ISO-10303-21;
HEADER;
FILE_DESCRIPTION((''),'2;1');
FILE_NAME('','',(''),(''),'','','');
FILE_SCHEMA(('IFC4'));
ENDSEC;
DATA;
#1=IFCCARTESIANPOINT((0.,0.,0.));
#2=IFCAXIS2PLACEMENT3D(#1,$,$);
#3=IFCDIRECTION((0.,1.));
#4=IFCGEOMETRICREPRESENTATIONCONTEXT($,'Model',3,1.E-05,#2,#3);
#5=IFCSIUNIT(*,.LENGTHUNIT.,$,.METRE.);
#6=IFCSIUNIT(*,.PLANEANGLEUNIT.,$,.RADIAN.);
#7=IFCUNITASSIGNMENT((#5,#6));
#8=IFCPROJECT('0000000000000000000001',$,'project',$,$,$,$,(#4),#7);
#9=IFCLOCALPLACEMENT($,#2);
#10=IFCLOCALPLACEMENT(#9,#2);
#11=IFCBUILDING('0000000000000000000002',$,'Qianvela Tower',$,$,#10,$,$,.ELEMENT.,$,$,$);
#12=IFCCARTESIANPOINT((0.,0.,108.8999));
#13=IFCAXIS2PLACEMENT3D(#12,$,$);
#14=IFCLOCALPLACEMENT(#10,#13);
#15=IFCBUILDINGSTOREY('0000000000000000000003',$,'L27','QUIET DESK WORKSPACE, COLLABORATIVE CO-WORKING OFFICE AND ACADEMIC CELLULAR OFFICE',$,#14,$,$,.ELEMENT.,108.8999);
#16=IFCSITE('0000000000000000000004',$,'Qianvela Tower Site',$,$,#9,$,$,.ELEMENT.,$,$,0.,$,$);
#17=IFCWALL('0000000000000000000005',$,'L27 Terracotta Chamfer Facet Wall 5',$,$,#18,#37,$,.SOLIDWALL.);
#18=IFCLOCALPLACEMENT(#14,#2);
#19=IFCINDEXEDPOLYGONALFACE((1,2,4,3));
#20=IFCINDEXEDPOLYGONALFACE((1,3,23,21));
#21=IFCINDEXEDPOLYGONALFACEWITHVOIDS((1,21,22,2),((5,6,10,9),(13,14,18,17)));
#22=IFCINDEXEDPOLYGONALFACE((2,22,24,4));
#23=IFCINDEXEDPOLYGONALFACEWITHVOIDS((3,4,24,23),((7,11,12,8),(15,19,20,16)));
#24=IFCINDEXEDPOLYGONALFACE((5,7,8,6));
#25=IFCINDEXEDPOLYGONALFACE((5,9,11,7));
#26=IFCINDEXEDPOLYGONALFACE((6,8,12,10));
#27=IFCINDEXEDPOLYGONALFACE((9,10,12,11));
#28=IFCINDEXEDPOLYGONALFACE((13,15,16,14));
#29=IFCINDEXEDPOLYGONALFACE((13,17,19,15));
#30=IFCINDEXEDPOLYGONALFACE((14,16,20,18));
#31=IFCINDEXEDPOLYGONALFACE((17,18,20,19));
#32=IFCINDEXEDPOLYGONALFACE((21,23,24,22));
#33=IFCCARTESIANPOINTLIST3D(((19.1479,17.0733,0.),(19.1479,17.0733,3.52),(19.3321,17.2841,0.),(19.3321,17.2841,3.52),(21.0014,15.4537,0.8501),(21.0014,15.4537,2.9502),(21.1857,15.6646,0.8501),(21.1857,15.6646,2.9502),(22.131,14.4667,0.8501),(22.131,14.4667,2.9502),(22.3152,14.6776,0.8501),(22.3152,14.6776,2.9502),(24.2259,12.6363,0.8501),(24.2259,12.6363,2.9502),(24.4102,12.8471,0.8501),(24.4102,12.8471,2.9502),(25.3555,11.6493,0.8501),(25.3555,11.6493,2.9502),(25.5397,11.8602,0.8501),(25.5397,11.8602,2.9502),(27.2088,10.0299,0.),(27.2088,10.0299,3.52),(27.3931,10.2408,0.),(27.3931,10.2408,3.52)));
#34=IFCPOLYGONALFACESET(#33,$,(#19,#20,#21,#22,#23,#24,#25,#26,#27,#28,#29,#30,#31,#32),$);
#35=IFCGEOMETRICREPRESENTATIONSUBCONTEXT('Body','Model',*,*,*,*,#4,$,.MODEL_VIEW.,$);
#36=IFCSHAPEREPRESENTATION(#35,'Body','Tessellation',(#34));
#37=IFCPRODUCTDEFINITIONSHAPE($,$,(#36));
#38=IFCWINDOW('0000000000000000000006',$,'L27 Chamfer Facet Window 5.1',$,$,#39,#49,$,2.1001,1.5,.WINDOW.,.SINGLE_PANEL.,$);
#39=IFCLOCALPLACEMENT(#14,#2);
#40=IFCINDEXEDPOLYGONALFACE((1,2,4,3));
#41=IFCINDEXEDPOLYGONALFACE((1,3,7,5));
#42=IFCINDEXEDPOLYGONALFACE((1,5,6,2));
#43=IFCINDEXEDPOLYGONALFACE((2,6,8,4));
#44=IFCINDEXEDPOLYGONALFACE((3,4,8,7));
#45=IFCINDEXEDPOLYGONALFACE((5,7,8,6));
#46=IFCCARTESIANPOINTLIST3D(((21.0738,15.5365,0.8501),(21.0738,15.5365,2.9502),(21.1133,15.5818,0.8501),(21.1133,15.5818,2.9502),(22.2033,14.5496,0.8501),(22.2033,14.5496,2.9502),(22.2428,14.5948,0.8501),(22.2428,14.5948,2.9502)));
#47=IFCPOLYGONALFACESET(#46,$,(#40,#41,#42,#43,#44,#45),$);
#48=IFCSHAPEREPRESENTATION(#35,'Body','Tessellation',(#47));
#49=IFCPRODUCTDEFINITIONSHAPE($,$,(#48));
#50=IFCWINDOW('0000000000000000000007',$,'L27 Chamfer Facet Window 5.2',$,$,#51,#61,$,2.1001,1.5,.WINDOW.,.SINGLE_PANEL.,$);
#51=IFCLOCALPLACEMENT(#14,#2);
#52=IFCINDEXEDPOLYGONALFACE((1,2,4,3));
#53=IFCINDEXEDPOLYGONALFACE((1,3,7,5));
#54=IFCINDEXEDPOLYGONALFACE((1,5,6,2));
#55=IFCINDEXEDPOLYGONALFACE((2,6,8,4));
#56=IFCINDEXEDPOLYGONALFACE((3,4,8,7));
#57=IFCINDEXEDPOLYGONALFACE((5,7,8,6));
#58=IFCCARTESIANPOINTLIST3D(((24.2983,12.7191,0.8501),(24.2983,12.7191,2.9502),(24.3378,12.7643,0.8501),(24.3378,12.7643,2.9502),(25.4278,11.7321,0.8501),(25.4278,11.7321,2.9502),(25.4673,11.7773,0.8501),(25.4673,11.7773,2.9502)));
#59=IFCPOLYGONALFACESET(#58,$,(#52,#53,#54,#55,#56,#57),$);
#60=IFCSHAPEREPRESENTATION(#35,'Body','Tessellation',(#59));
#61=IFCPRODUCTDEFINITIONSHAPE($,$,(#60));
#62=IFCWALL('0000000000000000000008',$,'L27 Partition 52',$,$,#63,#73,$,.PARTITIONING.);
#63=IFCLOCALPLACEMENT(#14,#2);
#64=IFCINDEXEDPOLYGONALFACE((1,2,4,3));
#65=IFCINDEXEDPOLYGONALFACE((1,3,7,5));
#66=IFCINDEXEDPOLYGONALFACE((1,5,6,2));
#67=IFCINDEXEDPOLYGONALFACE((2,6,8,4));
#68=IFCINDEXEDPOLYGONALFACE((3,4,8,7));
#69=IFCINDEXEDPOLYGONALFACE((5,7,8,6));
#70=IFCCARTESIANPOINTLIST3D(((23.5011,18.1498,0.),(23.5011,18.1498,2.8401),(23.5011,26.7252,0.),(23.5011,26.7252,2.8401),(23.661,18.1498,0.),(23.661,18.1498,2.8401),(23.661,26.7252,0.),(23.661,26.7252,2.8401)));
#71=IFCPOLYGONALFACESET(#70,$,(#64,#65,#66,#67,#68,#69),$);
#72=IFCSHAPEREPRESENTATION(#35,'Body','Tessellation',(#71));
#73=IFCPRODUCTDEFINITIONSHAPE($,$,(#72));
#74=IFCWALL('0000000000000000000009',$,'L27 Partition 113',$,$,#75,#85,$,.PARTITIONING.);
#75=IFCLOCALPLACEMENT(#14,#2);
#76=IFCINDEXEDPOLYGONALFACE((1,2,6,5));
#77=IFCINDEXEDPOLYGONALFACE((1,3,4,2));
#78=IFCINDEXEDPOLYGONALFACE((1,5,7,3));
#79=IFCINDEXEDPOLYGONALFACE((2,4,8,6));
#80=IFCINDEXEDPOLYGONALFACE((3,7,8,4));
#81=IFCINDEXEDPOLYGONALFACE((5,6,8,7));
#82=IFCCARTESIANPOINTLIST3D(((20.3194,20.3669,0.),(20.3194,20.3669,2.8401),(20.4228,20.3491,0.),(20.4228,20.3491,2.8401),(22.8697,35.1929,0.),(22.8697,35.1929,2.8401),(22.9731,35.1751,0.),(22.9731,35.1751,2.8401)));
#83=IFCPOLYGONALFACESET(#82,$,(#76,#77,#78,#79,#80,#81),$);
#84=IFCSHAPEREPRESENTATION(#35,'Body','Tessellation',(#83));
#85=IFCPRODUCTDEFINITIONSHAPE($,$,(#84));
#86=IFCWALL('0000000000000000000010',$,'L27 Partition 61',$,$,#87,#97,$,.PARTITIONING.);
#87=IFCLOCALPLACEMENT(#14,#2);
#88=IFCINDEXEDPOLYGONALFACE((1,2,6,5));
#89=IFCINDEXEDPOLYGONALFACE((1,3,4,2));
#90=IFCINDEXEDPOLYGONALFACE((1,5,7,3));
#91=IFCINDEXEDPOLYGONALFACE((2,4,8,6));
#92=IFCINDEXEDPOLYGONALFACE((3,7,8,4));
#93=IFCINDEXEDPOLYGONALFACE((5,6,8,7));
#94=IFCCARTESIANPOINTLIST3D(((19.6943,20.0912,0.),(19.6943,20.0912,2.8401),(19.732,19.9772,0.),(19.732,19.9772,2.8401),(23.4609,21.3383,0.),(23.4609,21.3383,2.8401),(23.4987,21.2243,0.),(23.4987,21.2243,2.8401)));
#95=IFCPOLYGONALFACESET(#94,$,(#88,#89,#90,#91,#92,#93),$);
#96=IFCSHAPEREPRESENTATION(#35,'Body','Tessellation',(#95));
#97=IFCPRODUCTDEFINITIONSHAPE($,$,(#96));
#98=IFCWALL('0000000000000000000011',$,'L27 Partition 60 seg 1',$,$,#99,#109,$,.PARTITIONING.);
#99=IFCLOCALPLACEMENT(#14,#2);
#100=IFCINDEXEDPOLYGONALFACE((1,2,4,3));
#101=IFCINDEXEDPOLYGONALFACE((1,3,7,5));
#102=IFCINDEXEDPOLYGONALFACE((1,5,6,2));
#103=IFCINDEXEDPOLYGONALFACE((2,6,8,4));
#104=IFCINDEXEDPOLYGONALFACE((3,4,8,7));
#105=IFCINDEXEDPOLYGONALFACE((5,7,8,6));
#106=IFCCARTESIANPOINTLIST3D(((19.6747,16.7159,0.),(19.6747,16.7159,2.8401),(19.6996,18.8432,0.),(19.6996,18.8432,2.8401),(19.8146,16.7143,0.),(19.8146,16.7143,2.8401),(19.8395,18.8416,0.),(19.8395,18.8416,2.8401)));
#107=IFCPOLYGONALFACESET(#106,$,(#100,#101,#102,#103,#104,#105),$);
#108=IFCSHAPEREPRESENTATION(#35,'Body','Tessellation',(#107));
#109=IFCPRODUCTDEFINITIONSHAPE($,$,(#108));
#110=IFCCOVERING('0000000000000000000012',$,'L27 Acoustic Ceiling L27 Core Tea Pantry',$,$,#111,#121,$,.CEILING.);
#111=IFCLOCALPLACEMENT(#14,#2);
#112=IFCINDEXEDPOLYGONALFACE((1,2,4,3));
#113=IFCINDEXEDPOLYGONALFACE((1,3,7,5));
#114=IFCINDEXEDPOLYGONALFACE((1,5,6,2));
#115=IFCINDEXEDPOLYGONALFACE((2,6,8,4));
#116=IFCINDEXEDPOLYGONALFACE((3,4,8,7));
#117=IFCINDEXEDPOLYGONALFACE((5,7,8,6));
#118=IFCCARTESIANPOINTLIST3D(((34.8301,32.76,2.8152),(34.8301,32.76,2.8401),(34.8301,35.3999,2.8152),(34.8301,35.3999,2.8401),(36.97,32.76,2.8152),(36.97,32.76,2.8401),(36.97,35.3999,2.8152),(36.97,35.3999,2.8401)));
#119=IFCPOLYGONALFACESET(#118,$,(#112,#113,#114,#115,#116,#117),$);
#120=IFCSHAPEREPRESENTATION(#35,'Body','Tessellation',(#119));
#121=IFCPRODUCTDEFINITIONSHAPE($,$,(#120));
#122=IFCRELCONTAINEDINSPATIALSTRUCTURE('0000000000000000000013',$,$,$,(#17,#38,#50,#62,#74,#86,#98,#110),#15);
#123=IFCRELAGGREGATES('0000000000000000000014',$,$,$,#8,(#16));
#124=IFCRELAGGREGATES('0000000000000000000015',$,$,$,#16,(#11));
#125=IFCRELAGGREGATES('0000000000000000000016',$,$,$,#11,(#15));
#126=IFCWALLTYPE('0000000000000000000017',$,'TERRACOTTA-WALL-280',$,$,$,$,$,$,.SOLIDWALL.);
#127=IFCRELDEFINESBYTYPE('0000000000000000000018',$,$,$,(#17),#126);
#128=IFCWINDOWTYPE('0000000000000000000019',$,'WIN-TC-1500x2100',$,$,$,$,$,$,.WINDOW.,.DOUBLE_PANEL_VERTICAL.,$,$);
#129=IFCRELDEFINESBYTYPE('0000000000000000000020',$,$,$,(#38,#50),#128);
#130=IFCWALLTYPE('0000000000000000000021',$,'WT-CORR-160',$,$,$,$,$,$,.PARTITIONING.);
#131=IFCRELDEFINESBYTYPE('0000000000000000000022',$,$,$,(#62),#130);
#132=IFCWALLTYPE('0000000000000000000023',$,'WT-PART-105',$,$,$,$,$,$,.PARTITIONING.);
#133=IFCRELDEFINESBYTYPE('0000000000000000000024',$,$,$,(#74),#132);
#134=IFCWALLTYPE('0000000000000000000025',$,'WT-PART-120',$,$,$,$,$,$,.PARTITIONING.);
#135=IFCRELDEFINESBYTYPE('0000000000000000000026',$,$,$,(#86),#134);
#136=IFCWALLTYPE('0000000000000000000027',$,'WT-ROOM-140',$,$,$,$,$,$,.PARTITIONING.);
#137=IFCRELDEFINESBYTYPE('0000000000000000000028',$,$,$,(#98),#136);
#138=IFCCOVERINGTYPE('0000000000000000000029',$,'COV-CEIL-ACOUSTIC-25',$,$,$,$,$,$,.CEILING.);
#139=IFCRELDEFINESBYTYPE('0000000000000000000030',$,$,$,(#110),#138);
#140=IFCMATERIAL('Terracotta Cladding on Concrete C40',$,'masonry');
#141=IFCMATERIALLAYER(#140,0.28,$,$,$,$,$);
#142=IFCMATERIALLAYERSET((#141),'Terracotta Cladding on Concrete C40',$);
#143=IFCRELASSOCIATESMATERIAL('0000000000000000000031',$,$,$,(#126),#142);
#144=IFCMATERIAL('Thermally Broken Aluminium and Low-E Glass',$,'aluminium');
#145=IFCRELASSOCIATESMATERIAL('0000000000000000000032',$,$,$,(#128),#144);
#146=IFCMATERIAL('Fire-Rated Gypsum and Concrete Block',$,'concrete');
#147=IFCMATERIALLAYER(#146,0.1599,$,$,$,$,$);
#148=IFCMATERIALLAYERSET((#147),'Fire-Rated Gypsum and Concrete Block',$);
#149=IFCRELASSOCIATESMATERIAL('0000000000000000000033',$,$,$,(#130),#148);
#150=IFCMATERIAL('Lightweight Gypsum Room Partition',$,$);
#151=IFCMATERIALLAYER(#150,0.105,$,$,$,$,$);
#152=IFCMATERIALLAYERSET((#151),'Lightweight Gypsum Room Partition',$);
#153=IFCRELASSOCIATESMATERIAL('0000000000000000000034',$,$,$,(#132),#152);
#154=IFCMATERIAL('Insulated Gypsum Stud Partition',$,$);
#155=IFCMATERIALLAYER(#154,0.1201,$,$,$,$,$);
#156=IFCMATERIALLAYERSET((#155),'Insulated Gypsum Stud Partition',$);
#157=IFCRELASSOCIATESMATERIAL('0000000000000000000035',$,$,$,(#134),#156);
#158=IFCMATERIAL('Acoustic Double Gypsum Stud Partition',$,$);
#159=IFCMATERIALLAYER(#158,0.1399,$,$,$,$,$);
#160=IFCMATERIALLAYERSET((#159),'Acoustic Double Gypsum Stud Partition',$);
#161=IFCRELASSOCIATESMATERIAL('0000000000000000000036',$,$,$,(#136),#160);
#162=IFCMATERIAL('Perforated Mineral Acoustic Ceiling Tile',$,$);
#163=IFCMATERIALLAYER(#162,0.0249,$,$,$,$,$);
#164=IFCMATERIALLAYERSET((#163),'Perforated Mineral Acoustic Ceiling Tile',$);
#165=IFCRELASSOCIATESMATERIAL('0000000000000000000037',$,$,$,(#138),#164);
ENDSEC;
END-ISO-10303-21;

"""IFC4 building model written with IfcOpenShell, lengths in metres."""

from ifc_helpers import new_model, si_unit, direction, frame, frame_2d, origin, place, context, subcontext, project, spatial, polyline, rectangle, outline, extrude, material, layer, layer_set, type_object, element, fill, save


model = new_model("IFC4")

# Units and contexts
model_context = context("Model", 3, precision=1e-05, world=origin(), true_north=direction((0.0, 1.0)))
body_context = subcontext(model_context, "Body", "Model", "MODEL_VIEW")
ifc_project = project(units=[si_unit("LENGTHUNIT", "METRE"), si_unit("PLANEANGLEUNIT", "RADIAN")], contexts=[model_context])

# Site, building, storey
site_placement = place(None, origin())
site = spatial("IfcSite", under=ifc_project, at=site_placement, Name="Qianvela Tower Site", CompositionType="ELEMENT", RefElevation=0.0)
building_placement = place(site_placement, origin())
building = spatial("IfcBuilding", under=site, at=building_placement, Name="Qianvela Tower", CompositionType="ELEMENT")
storey_placement = place(building_placement, frame((0.0, 0.0, 108.8999)))
storey = spatial("IfcBuildingStorey", under=building, at=storey_placement, Name="L27", Description="QUIET DESK WORKSPACE, COLLABORATIVE CO-WORKING OFFICE AND ACADEMIC CELLULAR OFFICE", CompositionType="ELEMENT", Elevation=108.8999)

# Wall, openings, windows
ifc_material_1 = material(Name="Terracotta Cladding on Concrete C40", Category="masonry")
ifc_layer_1 = layer(ifc_material_1, 0.28)
ifc_layer_set_1 = layer_set([ifc_layer_1], Name="Terracotta Cladding on Concrete C40")
wall_type_1 = type_object("IfcWallType", Name="TERRACOTTA-WALL-280", PredefinedType="SOLIDWALL", material=ifc_layer_set_1)
wall_1_placement = place(storey_placement, frame((19.24, 17.1787, 0.0), z_axis=(0.0, 0.0, 1.0), x_axis=(0.753037, -0.657978, 0.0)))
wall_1 = element("IfcWall", 1, at=wall_1_placement, inside=storey, type_object=wall_type_1, Name="L27 Terracotta Chamfer Facet Wall 5", PredefinedType="SOLIDWALL", context=body_context, shape_type="SweptSolid", body=[
    extrude(rectangle(XDim=10.7046, YDim=0.28, at=frame_2d((5.3523, 0.0))), origin(), (0.0, 0.0, 1.0), 3.52),
])
opening_1_placement = place(wall_1_placement, frame((2.4614, 0.0, 0.8501)))
opening_1 = element("IfcOpeningElement", 2, at=opening_1_placement, cuts=wall_1, PredefinedType="OPENING", context=body_context, shape_type="SweptSolid", body=[
    extrude(rectangle(XDim=1.5, YDim=2.1001, at=frame_2d((0.75, 1.05))), frame((0.0, 0.1499, 0.0), z_axis=(0.0, -1.0, 0.0), x_axis=(1.0, 0.0, 0.0)), (0.0, 0.0, 1.0), 0.3),
])
opening_2_placement = place(wall_1_placement, frame((6.7434, 0.0, 0.8501)))
opening_2 = element("IfcOpeningElement", 3, at=opening_2_placement, cuts=wall_1, PredefinedType="OPENING", context=body_context, shape_type="SweptSolid", body=[
    extrude(rectangle(XDim=1.5, YDim=2.1001, at=frame_2d((0.75, 1.05))), frame((0.0, 0.1499, 0.0), z_axis=(0.0, -1.0, 0.0), x_axis=(1.0, 0.0, 0.0)), (0.0, 0.0, 1.0), 0.3),
])
ifc_material_2 = material(Name="Thermally Broken Aluminium and Low-E Glass", Category="aluminium")
window_type = type_object("IfcWindowType", Name="WIN-TC-1500x2100", PartitioningType="DOUBLE_PANEL_VERTICAL", PredefinedType="WINDOW", material=ifc_material_2)
window_1_placement = place(opening_1_placement, origin())
window_1 = element("IfcWindow", 4, at=window_1_placement, inside=storey, type_object=window_type, Name="L27 Chamfer Facet Window 5.1", OverallHeight=2.1001, OverallWidth=1.5, PartitioningType="SINGLE_PANEL", PredefinedType="WINDOW", context=body_context, shape_type="SweptSolid", body=[
    extrude(rectangle(XDim=1.5, YDim=2.1001, at=frame_2d((0.75, 1.05))), frame((0.0, 0.03, 0.0), z_axis=(0.0, -1.0, 0.0), x_axis=(1.0, 0.0, 0.0)), (0.0, 0.0, 1.0), 0.0601),
])
fill(opening_1, window_1)
window_2_placement = place(opening_2_placement, origin())
window_2 = element("IfcWindow", 5, at=window_2_placement, inside=storey, type_object=window_type, Name="L27 Chamfer Facet Window 5.2", OverallHeight=2.1001, OverallWidth=1.5, PartitioningType="SINGLE_PANEL", PredefinedType="WINDOW", context=body_context, shape_type="SweptSolid", body=[
    extrude(rectangle(XDim=1.5, YDim=2.1001, at=frame_2d((0.75, 1.05))), frame((0.0, 0.03, 0.0), z_axis=(0.0, -1.0, 0.0), x_axis=(1.0, 0.0, 0.0)), (0.0, 0.0, 1.0), 0.0601),
])
fill(opening_2, window_2)

# Walls
ifc_material_3 = material(Name="Fire-Rated Gypsum and Concrete Block", Category="concrete")
ifc_layer_2 = layer(ifc_material_3, 0.1599)
ifc_layer_set_2 = layer_set([ifc_layer_2], Name="Fire-Rated Gypsum and Concrete Block")
wall_type_2 = type_object("IfcWallType", Name="WT-CORR-160", PredefinedType="PARTITIONING", material=ifc_layer_set_2)
wall_2_placement = place(storey_placement, frame((23.5811, 18.1499, 0.0), z_axis=(0.0, 0.0, 1.0), x_axis=(0.0, 1.0, 0.0)))
element("IfcWall", 6, at=wall_2_placement, inside=storey, type_object=wall_type_2, Name="L27 Partition 52", PredefinedType="PARTITIONING", context=body_context, shape_type="SweptSolid", body=[
    extrude(rectangle(XDim=8.5754, YDim=0.1599, at=frame_2d((4.2876, 0.0))), origin(), (0.0, 0.0, 1.0), 2.8401),
])
ifc_material_4 = material(Name="Lightweight Gypsum Room Partition")
ifc_layer_3 = layer(ifc_material_4, 0.105)
ifc_layer_set_3 = layer_set([ifc_layer_3], Name="Lightweight Gypsum Room Partition")
wall_type_3 = type_object("IfcWallType", Name="WT-PART-105", PredefinedType="PARTITIONING", material=ifc_layer_set_3)
wall_3_placement = place(storey_placement, frame((20.3711, 20.3579, 0.0), z_axis=(0.0, 0.0, 1.0), x_axis=(0.169526, 0.985526, 0.0)))
element("IfcWall", 7, at=wall_3_placement, inside=storey, type_object=wall_type_3, Name="L27 Partition 113", PredefinedType="PARTITIONING", context=body_context, shape_type="SweptSolid", body=[
    extrude(rectangle(XDim=15.0437, YDim=0.105, at=frame_2d((7.522, 0.0))), origin(), (0.0, 0.0, 1.0), 2.8401),
])
ifc_material_5 = material(Name="Insulated Gypsum Stud Partition")
ifc_layer_4 = layer(ifc_material_5, 0.1201)
ifc_layer_set_4 = layer_set([ifc_layer_4], Name="Insulated Gypsum Stud Partition")
wall_type_4 = type_object("IfcWallType", Name="WT-PART-120", PredefinedType="PARTITIONING", material=ifc_layer_set_4)
wall_4_placement = place(storey_placement, frame((19.7131, 20.0342, 0.0), z_axis=(0.0, 0.0, 1.0), x_axis=(0.949321, 0.314307, 0.0)))
element("IfcWall", 8, at=wall_4_placement, inside=storey, type_object=wall_type_4, Name="L27 Partition 61", PredefinedType="PARTITIONING", context=body_context, shape_type="SweptSolid", body=[
    extrude(rectangle(XDim=3.9678, YDim=0.1201, at=frame_2d((1.9839, 0.0))), origin(), (0.0, 0.0, 1.0), 2.8401),
])
ifc_material_6 = material(Name="Acoustic Double Gypsum Stud Partition")
ifc_layer_5 = layer(ifc_material_6, 0.1399)
ifc_layer_set_5 = layer_set([ifc_layer_5], Name="Acoustic Double Gypsum Stud Partition")
wall_type_5 = type_object("IfcWallType", Name="WT-ROOM-140", PredefinedType="PARTITIONING", material=ifc_layer_set_5)
wall_5_placement = place(storey_placement, frame((19.7446, 16.7151, 0.0), z_axis=(0.0, 0.0, 1.0), x_axis=(0.011706, 0.999931, 0.0)))
element("IfcWall", 9, at=wall_5_placement, inside=storey, type_object=wall_type_5, Name="L27 Partition 60 seg 1", PredefinedType="PARTITIONING", context=body_context, shape_type="SweptSolid", body=[
    extrude(rectangle(XDim=2.1274, YDim=0.1399, at=frame_2d((1.0637, 0.0))), origin(), (0.0, 0.0, 1.0), 2.8401),
])

# Covering
ifc_material_7 = material(Name="Perforated Mineral Acoustic Ceiling Tile")
ifc_layer_6 = layer(ifc_material_7, 0.0249)
ifc_layer_set_6 = layer_set([ifc_layer_6], Name="Perforated Mineral Acoustic Ceiling Tile")
covering_type_1 = type_object("IfcCoveringType", Name="COV-CEIL-ACOUSTIC-25", PredefinedType="CEILING", material=ifc_layer_set_6)
covering_1_placement = place(storey_placement, frame((0.0, 0.0, 2.8152)))
element("IfcCovering", 10, at=covering_1_placement, inside=storey, type_object=covering_type_1, Name="L27 Acoustic Ceiling L27 Core Tea Pantry", PredefinedType="CEILING", context=body_context, shape_type="SweptSolid", body=[
    extrude(outline(polyline([(36.97, 32.76), (34.8301, 32.76), (34.8301, 35.3999), (36.97, 35.3999), (36.97, 32.76)])), origin(), (0.0, 0.0, 1.0), 0.0249),
])

save(model, "model.ifc")
